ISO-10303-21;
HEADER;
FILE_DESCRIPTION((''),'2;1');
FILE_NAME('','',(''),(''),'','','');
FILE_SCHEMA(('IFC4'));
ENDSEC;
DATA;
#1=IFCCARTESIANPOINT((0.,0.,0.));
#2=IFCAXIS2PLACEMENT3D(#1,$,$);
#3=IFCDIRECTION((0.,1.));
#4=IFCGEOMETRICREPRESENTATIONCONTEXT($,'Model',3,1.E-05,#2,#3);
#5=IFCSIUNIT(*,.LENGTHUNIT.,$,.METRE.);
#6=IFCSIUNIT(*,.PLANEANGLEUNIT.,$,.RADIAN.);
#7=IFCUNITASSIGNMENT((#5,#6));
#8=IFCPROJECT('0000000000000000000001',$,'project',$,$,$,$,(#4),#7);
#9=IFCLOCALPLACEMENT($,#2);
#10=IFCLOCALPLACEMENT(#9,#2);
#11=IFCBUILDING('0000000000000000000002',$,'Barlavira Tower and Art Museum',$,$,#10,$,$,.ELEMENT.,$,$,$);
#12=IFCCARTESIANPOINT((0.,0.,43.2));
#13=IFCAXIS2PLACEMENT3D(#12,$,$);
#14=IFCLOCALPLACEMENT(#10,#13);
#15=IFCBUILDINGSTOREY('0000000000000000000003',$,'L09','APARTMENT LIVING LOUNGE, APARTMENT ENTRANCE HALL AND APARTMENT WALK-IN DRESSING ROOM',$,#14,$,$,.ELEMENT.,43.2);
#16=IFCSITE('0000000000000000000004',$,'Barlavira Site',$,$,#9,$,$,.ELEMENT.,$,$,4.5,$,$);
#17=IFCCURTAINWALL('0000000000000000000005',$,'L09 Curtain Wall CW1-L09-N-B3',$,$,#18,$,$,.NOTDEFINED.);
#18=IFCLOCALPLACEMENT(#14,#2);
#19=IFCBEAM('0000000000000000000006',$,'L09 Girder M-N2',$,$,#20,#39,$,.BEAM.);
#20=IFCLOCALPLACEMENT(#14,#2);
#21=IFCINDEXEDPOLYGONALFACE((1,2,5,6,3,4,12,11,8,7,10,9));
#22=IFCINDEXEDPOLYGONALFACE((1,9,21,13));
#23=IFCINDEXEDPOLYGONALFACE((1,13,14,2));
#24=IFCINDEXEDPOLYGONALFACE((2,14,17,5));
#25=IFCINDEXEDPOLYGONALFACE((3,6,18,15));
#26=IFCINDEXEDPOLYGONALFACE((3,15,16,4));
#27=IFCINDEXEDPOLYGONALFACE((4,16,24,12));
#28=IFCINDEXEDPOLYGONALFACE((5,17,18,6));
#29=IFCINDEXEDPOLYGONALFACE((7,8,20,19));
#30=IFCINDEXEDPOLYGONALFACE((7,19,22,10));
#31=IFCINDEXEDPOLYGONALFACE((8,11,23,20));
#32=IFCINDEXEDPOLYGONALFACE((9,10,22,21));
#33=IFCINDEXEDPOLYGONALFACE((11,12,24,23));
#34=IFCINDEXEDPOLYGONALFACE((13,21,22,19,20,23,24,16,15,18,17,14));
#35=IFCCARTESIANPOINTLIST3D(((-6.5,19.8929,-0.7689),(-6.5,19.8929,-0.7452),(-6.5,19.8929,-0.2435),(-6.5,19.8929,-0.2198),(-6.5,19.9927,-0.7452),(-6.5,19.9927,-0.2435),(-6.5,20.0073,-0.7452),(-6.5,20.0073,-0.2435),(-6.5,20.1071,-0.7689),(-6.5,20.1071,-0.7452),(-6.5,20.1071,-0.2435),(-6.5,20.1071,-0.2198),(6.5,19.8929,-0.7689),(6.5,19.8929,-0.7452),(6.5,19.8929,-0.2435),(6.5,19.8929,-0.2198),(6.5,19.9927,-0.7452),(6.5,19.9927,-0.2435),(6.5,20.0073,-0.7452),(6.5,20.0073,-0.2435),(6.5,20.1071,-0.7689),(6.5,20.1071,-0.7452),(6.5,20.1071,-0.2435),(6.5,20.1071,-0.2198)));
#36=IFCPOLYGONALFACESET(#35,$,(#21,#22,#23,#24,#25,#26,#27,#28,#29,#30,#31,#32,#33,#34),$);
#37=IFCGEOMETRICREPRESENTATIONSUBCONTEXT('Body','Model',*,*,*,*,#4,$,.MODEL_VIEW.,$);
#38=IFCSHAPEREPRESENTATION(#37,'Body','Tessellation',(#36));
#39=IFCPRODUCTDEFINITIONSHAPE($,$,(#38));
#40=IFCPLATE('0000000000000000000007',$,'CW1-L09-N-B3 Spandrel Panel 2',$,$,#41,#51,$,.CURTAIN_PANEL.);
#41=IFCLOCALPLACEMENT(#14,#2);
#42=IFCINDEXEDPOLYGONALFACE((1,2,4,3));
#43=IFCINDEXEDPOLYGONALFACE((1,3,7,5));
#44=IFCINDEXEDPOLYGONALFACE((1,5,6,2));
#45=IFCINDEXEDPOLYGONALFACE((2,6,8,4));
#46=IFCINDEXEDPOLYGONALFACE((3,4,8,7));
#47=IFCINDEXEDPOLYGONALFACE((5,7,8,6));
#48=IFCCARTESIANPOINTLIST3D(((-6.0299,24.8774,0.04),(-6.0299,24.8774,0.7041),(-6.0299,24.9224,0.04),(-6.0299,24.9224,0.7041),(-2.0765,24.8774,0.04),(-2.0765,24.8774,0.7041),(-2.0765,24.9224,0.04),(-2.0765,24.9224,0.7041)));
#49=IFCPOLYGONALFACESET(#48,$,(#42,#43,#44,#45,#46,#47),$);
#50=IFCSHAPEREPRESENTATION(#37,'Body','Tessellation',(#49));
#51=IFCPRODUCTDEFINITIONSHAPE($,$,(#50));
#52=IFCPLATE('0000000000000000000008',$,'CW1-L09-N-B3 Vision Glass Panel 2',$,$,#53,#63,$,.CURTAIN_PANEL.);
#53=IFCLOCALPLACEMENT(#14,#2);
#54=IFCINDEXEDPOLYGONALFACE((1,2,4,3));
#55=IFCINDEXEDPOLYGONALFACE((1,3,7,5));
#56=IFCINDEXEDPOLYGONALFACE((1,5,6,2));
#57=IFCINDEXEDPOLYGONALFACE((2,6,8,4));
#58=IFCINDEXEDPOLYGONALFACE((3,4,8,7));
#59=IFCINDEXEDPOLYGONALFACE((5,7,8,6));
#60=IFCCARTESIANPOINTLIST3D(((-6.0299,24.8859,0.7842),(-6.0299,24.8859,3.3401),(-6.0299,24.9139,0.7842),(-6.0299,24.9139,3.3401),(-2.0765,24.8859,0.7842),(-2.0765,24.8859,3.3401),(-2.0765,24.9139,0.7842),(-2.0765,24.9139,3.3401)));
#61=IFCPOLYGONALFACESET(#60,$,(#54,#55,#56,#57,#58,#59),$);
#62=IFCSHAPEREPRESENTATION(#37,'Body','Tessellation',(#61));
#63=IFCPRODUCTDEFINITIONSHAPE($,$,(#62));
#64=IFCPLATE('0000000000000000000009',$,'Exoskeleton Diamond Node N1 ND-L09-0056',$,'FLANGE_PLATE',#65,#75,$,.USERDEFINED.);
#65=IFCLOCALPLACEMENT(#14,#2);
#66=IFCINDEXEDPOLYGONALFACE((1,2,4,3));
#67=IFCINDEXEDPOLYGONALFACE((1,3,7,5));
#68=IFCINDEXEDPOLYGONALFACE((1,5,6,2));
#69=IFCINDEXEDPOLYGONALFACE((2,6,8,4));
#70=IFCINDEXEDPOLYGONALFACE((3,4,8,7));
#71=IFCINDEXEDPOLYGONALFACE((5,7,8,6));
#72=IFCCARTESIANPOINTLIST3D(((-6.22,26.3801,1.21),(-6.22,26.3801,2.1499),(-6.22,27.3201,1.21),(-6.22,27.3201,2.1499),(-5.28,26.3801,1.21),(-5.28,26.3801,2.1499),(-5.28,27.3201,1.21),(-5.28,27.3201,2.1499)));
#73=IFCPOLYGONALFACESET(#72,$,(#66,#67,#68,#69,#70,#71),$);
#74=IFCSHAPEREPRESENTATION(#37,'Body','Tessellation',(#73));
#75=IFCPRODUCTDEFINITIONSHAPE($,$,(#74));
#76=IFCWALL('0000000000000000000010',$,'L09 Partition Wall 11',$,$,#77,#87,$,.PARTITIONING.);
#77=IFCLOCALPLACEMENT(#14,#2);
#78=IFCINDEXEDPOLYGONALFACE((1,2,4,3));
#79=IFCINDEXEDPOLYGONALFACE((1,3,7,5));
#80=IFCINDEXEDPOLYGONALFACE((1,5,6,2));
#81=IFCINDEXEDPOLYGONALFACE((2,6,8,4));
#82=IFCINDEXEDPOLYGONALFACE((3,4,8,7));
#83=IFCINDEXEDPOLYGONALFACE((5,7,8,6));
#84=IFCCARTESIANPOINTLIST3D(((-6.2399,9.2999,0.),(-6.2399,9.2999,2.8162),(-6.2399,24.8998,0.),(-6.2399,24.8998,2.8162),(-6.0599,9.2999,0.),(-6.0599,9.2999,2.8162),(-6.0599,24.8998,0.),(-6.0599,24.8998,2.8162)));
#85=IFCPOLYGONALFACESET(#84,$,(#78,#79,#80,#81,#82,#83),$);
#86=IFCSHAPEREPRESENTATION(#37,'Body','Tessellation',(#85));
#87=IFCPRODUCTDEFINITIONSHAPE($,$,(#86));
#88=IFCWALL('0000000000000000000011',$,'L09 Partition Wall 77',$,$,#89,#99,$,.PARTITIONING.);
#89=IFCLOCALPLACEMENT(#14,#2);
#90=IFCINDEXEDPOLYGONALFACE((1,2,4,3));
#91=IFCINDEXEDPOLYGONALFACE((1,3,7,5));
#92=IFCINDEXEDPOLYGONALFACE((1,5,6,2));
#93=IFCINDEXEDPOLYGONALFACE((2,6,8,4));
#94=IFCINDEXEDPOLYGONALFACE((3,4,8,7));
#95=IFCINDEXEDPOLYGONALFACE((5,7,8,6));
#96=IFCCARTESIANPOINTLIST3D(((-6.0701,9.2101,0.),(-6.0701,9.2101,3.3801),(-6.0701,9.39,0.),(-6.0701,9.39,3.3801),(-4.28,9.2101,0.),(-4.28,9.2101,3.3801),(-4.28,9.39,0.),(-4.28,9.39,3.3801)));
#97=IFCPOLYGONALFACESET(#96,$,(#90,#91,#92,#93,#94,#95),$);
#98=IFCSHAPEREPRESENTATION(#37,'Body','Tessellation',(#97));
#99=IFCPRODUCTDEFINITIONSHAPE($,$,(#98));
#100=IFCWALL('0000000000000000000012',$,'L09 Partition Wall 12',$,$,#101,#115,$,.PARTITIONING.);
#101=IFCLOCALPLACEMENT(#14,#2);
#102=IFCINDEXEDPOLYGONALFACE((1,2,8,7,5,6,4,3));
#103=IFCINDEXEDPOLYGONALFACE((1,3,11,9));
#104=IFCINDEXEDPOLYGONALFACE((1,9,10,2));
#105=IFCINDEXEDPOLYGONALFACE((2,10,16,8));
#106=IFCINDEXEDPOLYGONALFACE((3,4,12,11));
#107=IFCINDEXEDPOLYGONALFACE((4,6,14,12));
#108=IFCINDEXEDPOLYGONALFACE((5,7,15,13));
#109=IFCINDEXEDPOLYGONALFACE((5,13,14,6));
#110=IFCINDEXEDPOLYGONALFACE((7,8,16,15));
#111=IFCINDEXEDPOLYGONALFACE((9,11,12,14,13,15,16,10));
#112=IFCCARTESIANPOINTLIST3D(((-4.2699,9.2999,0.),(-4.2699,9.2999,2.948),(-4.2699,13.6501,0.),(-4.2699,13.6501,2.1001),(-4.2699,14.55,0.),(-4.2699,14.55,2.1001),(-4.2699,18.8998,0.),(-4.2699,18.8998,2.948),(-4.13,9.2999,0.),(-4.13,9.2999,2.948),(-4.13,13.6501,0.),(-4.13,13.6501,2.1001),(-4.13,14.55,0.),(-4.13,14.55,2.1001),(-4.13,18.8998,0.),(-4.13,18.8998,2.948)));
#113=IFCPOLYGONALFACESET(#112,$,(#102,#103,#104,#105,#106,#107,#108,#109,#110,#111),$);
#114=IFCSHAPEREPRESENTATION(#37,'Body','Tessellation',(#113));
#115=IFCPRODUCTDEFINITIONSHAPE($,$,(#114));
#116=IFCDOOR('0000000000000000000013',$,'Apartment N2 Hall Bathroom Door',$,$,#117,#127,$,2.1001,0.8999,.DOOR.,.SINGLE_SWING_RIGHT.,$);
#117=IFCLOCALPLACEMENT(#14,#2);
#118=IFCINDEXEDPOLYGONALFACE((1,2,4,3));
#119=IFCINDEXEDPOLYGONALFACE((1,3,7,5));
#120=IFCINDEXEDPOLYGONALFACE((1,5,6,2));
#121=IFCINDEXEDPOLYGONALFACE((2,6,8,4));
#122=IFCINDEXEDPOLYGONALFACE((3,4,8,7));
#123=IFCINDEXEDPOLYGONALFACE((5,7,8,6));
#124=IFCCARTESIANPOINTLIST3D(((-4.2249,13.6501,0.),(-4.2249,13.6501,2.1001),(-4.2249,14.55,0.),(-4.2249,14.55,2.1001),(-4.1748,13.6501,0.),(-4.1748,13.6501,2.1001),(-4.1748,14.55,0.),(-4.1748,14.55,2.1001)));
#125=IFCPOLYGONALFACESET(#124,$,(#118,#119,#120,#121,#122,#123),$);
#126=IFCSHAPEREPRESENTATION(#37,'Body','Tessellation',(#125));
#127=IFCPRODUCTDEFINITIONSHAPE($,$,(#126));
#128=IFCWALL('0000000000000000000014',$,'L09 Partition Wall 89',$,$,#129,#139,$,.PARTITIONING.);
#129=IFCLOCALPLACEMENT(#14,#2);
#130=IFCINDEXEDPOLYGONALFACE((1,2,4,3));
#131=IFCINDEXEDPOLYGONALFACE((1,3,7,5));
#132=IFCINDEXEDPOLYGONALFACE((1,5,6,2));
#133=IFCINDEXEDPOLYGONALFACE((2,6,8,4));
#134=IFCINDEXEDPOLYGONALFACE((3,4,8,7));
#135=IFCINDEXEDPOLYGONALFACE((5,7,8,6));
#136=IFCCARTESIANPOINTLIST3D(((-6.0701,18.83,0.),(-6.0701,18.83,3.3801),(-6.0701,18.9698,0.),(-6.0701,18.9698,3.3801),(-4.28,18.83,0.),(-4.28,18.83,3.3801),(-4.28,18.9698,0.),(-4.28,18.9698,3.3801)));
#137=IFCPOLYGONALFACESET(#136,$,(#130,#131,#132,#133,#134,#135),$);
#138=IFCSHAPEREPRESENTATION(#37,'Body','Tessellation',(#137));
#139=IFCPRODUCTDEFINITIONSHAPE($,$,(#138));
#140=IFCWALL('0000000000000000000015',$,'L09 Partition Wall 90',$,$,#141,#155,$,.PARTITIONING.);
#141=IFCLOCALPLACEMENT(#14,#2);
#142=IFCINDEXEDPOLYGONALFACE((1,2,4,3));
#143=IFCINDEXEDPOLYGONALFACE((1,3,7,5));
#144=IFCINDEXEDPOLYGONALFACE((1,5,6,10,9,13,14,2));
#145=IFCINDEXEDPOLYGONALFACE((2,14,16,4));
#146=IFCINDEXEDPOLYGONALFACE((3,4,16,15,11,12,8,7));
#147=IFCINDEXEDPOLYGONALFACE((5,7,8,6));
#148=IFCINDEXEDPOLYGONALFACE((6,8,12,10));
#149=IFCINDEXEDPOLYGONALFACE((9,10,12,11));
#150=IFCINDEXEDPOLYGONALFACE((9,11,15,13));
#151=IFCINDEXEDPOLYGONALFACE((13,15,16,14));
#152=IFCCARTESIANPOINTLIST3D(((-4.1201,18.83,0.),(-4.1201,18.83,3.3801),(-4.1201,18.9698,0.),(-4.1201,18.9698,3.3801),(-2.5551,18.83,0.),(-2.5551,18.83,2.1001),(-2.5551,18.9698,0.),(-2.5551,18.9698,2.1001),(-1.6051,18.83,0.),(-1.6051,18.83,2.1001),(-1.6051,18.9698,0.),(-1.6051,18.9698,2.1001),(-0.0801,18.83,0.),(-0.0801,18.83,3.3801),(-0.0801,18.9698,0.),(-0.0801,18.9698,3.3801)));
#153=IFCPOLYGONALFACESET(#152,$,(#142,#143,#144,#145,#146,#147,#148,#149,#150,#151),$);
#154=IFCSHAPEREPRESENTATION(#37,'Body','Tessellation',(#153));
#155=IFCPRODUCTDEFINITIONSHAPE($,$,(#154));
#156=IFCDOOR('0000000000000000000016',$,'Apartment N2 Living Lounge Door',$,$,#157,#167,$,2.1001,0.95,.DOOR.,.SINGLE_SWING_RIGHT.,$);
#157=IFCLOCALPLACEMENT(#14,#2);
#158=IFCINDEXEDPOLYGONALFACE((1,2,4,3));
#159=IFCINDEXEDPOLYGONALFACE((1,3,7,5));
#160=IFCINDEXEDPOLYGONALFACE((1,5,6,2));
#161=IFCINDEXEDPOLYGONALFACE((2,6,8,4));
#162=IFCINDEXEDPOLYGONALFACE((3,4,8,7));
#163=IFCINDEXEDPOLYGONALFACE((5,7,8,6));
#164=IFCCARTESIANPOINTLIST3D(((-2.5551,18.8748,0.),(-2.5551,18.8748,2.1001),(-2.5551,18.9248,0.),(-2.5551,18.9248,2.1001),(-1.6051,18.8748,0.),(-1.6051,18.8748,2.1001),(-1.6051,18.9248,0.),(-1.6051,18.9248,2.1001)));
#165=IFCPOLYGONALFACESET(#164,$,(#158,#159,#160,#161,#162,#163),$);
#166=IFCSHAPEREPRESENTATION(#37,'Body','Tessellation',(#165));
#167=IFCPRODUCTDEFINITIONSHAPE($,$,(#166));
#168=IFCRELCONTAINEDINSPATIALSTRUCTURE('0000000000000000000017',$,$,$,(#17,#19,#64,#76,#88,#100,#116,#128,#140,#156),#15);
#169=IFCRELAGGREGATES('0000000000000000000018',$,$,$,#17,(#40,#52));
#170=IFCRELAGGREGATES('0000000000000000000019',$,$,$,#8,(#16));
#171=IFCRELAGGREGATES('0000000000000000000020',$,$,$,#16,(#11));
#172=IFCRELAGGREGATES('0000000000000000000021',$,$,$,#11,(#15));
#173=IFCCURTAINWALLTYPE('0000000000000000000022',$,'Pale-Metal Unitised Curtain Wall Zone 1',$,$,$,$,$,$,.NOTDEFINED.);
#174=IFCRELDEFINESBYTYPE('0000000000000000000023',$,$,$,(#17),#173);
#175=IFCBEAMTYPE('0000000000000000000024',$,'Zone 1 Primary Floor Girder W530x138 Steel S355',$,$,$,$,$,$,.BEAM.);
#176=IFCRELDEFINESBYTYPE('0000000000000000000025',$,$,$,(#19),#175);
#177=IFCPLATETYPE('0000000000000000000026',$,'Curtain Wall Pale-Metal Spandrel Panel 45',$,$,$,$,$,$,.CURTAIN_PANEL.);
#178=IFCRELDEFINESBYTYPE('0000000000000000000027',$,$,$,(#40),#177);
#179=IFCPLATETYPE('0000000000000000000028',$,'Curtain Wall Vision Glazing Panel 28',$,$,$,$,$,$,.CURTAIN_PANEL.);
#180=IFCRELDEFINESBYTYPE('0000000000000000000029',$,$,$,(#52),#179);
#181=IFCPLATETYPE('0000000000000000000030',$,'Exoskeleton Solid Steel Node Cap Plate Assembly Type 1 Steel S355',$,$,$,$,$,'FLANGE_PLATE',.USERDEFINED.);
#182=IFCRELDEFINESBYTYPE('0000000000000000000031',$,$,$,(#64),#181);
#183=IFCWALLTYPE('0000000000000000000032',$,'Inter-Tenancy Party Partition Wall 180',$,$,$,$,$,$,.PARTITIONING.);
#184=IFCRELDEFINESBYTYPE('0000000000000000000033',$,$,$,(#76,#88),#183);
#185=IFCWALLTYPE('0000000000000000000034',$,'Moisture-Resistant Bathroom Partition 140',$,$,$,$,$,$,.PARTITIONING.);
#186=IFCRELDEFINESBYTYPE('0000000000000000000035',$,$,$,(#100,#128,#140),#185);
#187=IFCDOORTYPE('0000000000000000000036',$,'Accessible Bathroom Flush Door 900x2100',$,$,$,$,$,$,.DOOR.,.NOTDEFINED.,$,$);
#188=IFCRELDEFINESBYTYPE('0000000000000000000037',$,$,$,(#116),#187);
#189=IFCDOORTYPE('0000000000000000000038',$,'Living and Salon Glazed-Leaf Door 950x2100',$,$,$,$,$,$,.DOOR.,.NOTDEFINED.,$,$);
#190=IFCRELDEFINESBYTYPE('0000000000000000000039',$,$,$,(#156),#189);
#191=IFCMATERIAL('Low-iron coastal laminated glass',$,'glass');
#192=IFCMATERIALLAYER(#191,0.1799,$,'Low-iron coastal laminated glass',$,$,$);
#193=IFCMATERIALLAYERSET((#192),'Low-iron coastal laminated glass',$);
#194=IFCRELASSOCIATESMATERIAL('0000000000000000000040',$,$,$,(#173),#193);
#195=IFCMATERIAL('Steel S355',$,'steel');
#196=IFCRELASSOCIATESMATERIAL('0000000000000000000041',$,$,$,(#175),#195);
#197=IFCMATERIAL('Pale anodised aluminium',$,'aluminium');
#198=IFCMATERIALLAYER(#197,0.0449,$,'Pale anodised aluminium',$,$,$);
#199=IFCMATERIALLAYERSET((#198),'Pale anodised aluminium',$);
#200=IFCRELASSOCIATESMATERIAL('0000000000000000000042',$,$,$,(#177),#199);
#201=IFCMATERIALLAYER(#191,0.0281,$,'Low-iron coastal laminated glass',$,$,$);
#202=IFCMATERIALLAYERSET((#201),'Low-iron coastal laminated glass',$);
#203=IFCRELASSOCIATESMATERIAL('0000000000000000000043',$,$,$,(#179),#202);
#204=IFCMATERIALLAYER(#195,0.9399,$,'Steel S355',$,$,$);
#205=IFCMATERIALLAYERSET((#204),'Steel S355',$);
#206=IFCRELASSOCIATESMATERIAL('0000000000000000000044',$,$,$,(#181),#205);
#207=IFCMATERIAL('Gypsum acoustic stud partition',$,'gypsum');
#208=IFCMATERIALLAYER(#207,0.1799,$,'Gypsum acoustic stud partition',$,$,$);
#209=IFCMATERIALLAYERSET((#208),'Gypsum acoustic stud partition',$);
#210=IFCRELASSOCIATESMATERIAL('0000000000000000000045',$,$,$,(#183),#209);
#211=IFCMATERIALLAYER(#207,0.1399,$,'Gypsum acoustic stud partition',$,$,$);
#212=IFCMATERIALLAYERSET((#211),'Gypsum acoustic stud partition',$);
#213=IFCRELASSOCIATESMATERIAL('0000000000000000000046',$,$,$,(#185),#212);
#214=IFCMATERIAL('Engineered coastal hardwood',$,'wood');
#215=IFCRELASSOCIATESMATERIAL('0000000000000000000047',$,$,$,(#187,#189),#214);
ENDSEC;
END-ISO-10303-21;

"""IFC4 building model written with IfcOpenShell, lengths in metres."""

from ifc_helpers import new_model, si_unit, direction, frame, frame_2d, origin, origin_2d, place, context, subcontext, project, spatial, rectangle, i_section, extrude, material, layer, layer_set, material_profile, profile_set, type_object, element, fill, aggregate, save


model = new_model("IFC4")

# Units and contexts
model_context = context("Model", 3, precision=1e-05, world=origin(), true_north=direction((0.0, 1.0)))
body_context = subcontext(model_context, "Body", "Model", "MODEL_VIEW")
ifc_project = project(units=[si_unit("LENGTHUNIT", "METRE"), si_unit("PLANEANGLEUNIT", "RADIAN")], contexts=[model_context])

# Site, building, storey
site_placement = place(None, origin())
site = spatial("IfcSite", under=ifc_project, at=site_placement, Name="Barlavira Site", CompositionType="ELEMENT", RefElevation=4.5)
building_placement = place(site_placement, origin())
building = spatial("IfcBuilding", under=site, at=building_placement, Name="Barlavira Tower and Art Museum", CompositionType="ELEMENT")
storey_placement = place(building_placement, frame((0.0, 0.0, 43.2)))
storey = spatial("IfcBuildingStorey", under=building, at=storey_placement, Name="L09", Description="APARTMENT LIVING LOUNGE, APARTMENT ENTRANCE HALL AND APARTMENT WALK-IN DRESSING ROOM", CompositionType="ELEMENT", Elevation=43.2)

# Curtain wall
ifc_material_1 = material(Name="Low-iron coastal laminated glass", Category="glass")
ifc_layer_1 = layer(ifc_material_1, 0.1799, Name="Low-iron coastal laminated glass")
ifc_layer_set_1 = layer_set([ifc_layer_1], Name="Low-iron coastal laminated glass")
curtain_wall_type = type_object("IfcCurtainWallType", Name="Pale-Metal Unitised Curtain Wall Zone 1", PredefinedType="NOTDEFINED", material=ifc_layer_set_1)
curtain_wall_placement = place(storey_placement, origin())
curtain_wall = element("IfcCurtainWall", 1, at=curtain_wall_placement, inside=storey, type_object=curtain_wall_type, Name="L09 Curtain Wall CW1-L09-N-B3", PredefinedType="NOTDEFINED")
ifc_material_2 = material(Name="Pale anodised aluminium", Category="aluminium")

# Beam
ifc_material_3 = material(Name="Steel S355", Category="steel")
ifc_material_profile_1 = material_profile(ifc_material_3, i_section(OverallWidth=0.2141, OverallDepth=0.5491, WebThickness=0.0146, FlangeThickness=0.0237, at=origin_2d()), Name="W530x138.0")
ifc_profile_set_1 = profile_set([ifc_material_profile_1], Name="Steel S355")
beam_type_1 = type_object("IfcBeamType", Name="Zone 1 Primary Floor Girder W530x138 Steel S355", PredefinedType="BEAM", material=ifc_profile_set_1)
beam_1_placement = place(storey_placement, frame((-6.5, 20.0, -0.4944), z_axis=(1.0, 0.0, 0.0), x_axis=(0.0, 1.0, 0.0)))
element("IfcBeam", 2, at=beam_1_placement, inside=storey, type_object=beam_type_1, Name="L09 Girder M-N2", PredefinedType="BEAM", context=body_context, shape_type="SweptSolid", body=[
    extrude(i_section(OverallWidth=0.2141, OverallDepth=0.5491, WebThickness=0.0146, FlangeThickness=0.0237, at=origin_2d()), origin(), (0.0, 0.0, 1.0), 13.0),
])

# Plates
ifc_layer_2 = layer(ifc_material_2, 0.0449, Name="Pale anodised aluminium")
ifc_layer_set_2 = layer_set([ifc_layer_2], Name="Pale anodised aluminium")
plate_type_1 = type_object("IfcPlateType", Name="Curtain Wall Pale-Metal Spandrel Panel 45", PredefinedType="CURTAIN_PANEL", material=ifc_layer_set_2)
plate_1_placement = place(storey_placement, frame((-4.0532, 24.8999, 0.04), z_axis=(0.0, 0.0, 1.0), x_axis=(-1.0, 0.0, 0.0)))
plate_1 = element("IfcPlate", 3, at=plate_1_placement, type_object=plate_type_1, Name="CW1-L09-N-B3 Spandrel Panel 2", PredefinedType="CURTAIN_PANEL", context=body_context, shape_type="SweptSolid", body=[
    extrude(rectangle(XDim=3.9534, YDim=0.0449, at=origin_2d()), origin(), (0.0, 0.0, 1.0), 0.6641),
])
ifc_layer_3 = layer(ifc_material_1, 0.0281, Name="Low-iron coastal laminated glass")
ifc_layer_set_3 = layer_set([ifc_layer_3], Name="Low-iron coastal laminated glass")
plate_type_2 = type_object("IfcPlateType", Name="Curtain Wall Vision Glazing Panel 28", PredefinedType="CURTAIN_PANEL", material=ifc_layer_set_3)
plate_2_placement = place(storey_placement, frame((-4.0532, 24.8999, 0.7842), z_axis=(0.0, 0.0, 1.0), x_axis=(-1.0, 0.0, 0.0)))
plate_2 = element("IfcPlate", 4, at=plate_2_placement, type_object=plate_type_2, Name="CW1-L09-N-B3 Vision Glass Panel 2", PredefinedType="CURTAIN_PANEL", context=body_context, shape_type="SweptSolid", body=[
    extrude(rectangle(XDim=3.9534, YDim=0.0281, at=origin_2d()), origin(), (0.0, 0.0, 1.0), 2.5559),
])
aggregate(curtain_wall, [plate_1, plate_2])
ifc_layer_4 = layer(ifc_material_3, 0.9399, Name="Steel S355")
ifc_layer_set_4 = layer_set([ifc_layer_4], Name="Steel S355")
plate_type_3 = type_object("IfcPlateType", Name="Exoskeleton Solid Steel Node Cap Plate Assembly Type 1 Steel S355", ElementType="FLANGE_PLATE", PredefinedType="USERDEFINED", material=ifc_layer_set_4)
plate_3_placement = place(storey_placement, frame((-5.75, 26.8501, 1.21), z_axis=(0.0, 0.0, 1.0), x_axis=(1.0, 0.0, 0.0)))
element("IfcPlate", 5, at=plate_3_placement, inside=storey, type_object=plate_type_3, Name="Exoskeleton Diamond Node N1 ND-L09-0056", ObjectType="FLANGE_PLATE", PredefinedType="USERDEFINED", context=body_context, shape_type="SweptSolid", body=[
    extrude(rectangle(XDim=0.9399, YDim=0.9399, at=origin_2d()), origin(), (0.0, 0.0, 1.0), 0.9399),
])

# Walls
ifc_material_4 = material(Name="Gypsum acoustic stud partition", Category="gypsum")
ifc_layer_5 = layer(ifc_material_4, 0.1799, Name="Gypsum acoustic stud partition")
ifc_layer_set_5 = layer_set([ifc_layer_5], Name="Gypsum acoustic stud partition")
wall_type_1 = type_object("IfcWallType", Name="Inter-Tenancy Party Partition Wall 180", PredefinedType="PARTITIONING", material=ifc_layer_set_5)
wall_1_placement = place(storey_placement, frame((-6.1499, 9.3, 0.0), z_axis=(0.0, 0.0, 1.0), x_axis=(0.0, 1.0, 0.0)))
element("IfcWall", 6, at=wall_1_placement, inside=storey, type_object=wall_type_1, Name="L09 Partition Wall 11", PredefinedType="PARTITIONING", context=body_context, shape_type="SweptSolid", body=[
    extrude(rectangle(XDim=15.5999, YDim=0.1799, at=frame_2d((7.7998, 0.0))), origin(), (0.0, 0.0, 1.0), 2.8162),
])
wall_2_placement = place(storey_placement, frame((-6.0701, 9.3, 0.0), z_axis=(0.0, 0.0, 1.0), x_axis=(1.0, 0.0, 0.0)))
element("IfcWall", 7, at=wall_2_placement, inside=storey, type_object=wall_type_1, Name="L09 Partition Wall 77", PredefinedType="PARTITIONING", context=body_context, shape_type="SweptSolid", body=[
    extrude(rectangle(XDim=1.79, YDim=0.1799, at=frame_2d((0.895, 0.0))), origin(), (0.0, 0.0, 1.0), 3.3801),
])

# Wall, opening, door
ifc_layer_6 = layer(ifc_material_4, 0.1399, Name="Gypsum acoustic stud partition")
ifc_layer_set_6 = layer_set([ifc_layer_6], Name="Gypsum acoustic stud partition")
wall_type_2 = type_object("IfcWallType", Name="Moisture-Resistant Bathroom Partition 140", PredefinedType="PARTITIONING", material=ifc_layer_set_6)
wall_3_placement = place(storey_placement, frame((-4.2, 9.3, 0.0), z_axis=(0.0, 0.0, 1.0), x_axis=(0.0, 1.0, 0.0)))
wall_3 = element("IfcWall", 8, at=wall_3_placement, inside=storey, type_object=wall_type_2, Name="L09 Partition Wall 12", PredefinedType="PARTITIONING", context=body_context, shape_type="SweptSolid", body=[
    extrude(rectangle(XDim=9.5999, YDim=0.1399, at=frame_2d((4.7998, 0.0))), origin(), (0.0, 0.0, 1.0), 2.948),
])
opening_1_placement = place(wall_3_placement, frame((4.3501, 0.0, 0.0)))
opening_1 = element("IfcOpeningElement", 9, at=opening_1_placement, cuts=wall_3, PredefinedType="OPENING", context=body_context, shape_type="SweptSolid", body=[
    extrude(rectangle(XDim=0.8999, YDim=2.1001, at=frame_2d((0.45, 1.05))), frame((0.0, 0.0801, 0.0), z_axis=(0.0, -1.0, 0.0), x_axis=(1.0, 0.0, 0.0)), (0.0, 0.0, 1.0), 0.1599),
])
ifc_material_5 = material(Name="Engineered coastal hardwood", Category="wood")
door_type_1 = type_object("IfcDoorType", Name="Accessible Bathroom Flush Door 900x2100", OperationType="NOTDEFINED", PredefinedType="DOOR", material=ifc_material_5)
door_1_placement = place(opening_1_placement, origin())
door_1 = element("IfcDoor", 10, at=door_1_placement, inside=storey, type_object=door_type_1, Name="Apartment N2 Hall Bathroom Door", OperationType="SINGLE_SWING_RIGHT", OverallHeight=2.1001, OverallWidth=0.8999, PredefinedType="DOOR", context=body_context, shape_type="SweptSolid", body=[
    extrude(rectangle(XDim=0.8999, YDim=2.1001, at=frame_2d((0.45, 1.05))), frame((0.0, 0.0249, 0.0), z_axis=(0.0, -1.0, 0.0), x_axis=(1.0, 0.0, 0.0)), (0.0, 0.0, 1.0), 0.05),
])
fill(opening_1, door_1)

# Wall
wall_4_placement = place(storey_placement, frame((-6.0701, 18.8999, 0.0), z_axis=(0.0, 0.0, 1.0), x_axis=(1.0, 0.0, 0.0)))
element("IfcWall", 11, at=wall_4_placement, inside=storey, type_object=wall_type_2, Name="L09 Partition Wall 89", PredefinedType="PARTITIONING", context=body_context, shape_type="SweptSolid", body=[
    extrude(rectangle(XDim=1.79, YDim=0.1399, at=frame_2d((0.895, 0.0))), origin(), (0.0, 0.0, 1.0), 3.3801),
])

# Wall, opening, door
wall_5_placement = place(storey_placement, frame((-4.1201, 18.8999, 0.0), z_axis=(0.0, 0.0, 1.0), x_axis=(1.0, 0.0, 0.0)))
wall_5 = element("IfcWall", 12, at=wall_5_placement, inside=storey, type_object=wall_type_2, Name="L09 Partition Wall 90", PredefinedType="PARTITIONING", context=body_context, shape_type="SweptSolid", body=[
    extrude(rectangle(XDim=4.04, YDim=0.1399, at=frame_2d((2.02, 0.0))), origin(), (0.0, 0.0, 1.0), 3.3801),
])
opening_2_placement = place(wall_5_placement, frame((1.5649, 0.0, 0.0)))
opening_2 = element("IfcOpeningElement", 13, at=opening_2_placement, cuts=wall_5, PredefinedType="OPENING", context=body_context, shape_type="SweptSolid", body=[
    extrude(rectangle(XDim=0.95, YDim=2.1001, at=frame_2d((0.4751, 1.05))), frame((0.0, 0.0801, 0.0), z_axis=(0.0, -1.0, 0.0), x_axis=(1.0, 0.0, 0.0)), (0.0, 0.0, 1.0), 0.1599),
])
door_type_2 = type_object("IfcDoorType", Name="Living and Salon Glazed-Leaf Door 950x2100", OperationType="NOTDEFINED", PredefinedType="DOOR", material=ifc_material_5)
door_2_placement = place(opening_2_placement, origin())
door_2 = element("IfcDoor", 14, at=door_2_placement, inside=storey, type_object=door_type_2, Name="Apartment N2 Living Lounge Door", OperationType="SINGLE_SWING_RIGHT", OverallHeight=2.1001, OverallWidth=0.95, PredefinedType="DOOR", context=body_context, shape_type="SweptSolid", body=[
    extrude(rectangle(XDim=0.95, YDim=2.1001, at=frame_2d((0.4751, 1.05))), frame((0.0, 0.0249, 0.0), z_axis=(0.0, -1.0, 0.0), x_axis=(1.0, 0.0, 0.0)), (0.0, 0.0, 1.0), 0.05),
])
fill(opening_2, door_2)

save(model, "model.ifc")
